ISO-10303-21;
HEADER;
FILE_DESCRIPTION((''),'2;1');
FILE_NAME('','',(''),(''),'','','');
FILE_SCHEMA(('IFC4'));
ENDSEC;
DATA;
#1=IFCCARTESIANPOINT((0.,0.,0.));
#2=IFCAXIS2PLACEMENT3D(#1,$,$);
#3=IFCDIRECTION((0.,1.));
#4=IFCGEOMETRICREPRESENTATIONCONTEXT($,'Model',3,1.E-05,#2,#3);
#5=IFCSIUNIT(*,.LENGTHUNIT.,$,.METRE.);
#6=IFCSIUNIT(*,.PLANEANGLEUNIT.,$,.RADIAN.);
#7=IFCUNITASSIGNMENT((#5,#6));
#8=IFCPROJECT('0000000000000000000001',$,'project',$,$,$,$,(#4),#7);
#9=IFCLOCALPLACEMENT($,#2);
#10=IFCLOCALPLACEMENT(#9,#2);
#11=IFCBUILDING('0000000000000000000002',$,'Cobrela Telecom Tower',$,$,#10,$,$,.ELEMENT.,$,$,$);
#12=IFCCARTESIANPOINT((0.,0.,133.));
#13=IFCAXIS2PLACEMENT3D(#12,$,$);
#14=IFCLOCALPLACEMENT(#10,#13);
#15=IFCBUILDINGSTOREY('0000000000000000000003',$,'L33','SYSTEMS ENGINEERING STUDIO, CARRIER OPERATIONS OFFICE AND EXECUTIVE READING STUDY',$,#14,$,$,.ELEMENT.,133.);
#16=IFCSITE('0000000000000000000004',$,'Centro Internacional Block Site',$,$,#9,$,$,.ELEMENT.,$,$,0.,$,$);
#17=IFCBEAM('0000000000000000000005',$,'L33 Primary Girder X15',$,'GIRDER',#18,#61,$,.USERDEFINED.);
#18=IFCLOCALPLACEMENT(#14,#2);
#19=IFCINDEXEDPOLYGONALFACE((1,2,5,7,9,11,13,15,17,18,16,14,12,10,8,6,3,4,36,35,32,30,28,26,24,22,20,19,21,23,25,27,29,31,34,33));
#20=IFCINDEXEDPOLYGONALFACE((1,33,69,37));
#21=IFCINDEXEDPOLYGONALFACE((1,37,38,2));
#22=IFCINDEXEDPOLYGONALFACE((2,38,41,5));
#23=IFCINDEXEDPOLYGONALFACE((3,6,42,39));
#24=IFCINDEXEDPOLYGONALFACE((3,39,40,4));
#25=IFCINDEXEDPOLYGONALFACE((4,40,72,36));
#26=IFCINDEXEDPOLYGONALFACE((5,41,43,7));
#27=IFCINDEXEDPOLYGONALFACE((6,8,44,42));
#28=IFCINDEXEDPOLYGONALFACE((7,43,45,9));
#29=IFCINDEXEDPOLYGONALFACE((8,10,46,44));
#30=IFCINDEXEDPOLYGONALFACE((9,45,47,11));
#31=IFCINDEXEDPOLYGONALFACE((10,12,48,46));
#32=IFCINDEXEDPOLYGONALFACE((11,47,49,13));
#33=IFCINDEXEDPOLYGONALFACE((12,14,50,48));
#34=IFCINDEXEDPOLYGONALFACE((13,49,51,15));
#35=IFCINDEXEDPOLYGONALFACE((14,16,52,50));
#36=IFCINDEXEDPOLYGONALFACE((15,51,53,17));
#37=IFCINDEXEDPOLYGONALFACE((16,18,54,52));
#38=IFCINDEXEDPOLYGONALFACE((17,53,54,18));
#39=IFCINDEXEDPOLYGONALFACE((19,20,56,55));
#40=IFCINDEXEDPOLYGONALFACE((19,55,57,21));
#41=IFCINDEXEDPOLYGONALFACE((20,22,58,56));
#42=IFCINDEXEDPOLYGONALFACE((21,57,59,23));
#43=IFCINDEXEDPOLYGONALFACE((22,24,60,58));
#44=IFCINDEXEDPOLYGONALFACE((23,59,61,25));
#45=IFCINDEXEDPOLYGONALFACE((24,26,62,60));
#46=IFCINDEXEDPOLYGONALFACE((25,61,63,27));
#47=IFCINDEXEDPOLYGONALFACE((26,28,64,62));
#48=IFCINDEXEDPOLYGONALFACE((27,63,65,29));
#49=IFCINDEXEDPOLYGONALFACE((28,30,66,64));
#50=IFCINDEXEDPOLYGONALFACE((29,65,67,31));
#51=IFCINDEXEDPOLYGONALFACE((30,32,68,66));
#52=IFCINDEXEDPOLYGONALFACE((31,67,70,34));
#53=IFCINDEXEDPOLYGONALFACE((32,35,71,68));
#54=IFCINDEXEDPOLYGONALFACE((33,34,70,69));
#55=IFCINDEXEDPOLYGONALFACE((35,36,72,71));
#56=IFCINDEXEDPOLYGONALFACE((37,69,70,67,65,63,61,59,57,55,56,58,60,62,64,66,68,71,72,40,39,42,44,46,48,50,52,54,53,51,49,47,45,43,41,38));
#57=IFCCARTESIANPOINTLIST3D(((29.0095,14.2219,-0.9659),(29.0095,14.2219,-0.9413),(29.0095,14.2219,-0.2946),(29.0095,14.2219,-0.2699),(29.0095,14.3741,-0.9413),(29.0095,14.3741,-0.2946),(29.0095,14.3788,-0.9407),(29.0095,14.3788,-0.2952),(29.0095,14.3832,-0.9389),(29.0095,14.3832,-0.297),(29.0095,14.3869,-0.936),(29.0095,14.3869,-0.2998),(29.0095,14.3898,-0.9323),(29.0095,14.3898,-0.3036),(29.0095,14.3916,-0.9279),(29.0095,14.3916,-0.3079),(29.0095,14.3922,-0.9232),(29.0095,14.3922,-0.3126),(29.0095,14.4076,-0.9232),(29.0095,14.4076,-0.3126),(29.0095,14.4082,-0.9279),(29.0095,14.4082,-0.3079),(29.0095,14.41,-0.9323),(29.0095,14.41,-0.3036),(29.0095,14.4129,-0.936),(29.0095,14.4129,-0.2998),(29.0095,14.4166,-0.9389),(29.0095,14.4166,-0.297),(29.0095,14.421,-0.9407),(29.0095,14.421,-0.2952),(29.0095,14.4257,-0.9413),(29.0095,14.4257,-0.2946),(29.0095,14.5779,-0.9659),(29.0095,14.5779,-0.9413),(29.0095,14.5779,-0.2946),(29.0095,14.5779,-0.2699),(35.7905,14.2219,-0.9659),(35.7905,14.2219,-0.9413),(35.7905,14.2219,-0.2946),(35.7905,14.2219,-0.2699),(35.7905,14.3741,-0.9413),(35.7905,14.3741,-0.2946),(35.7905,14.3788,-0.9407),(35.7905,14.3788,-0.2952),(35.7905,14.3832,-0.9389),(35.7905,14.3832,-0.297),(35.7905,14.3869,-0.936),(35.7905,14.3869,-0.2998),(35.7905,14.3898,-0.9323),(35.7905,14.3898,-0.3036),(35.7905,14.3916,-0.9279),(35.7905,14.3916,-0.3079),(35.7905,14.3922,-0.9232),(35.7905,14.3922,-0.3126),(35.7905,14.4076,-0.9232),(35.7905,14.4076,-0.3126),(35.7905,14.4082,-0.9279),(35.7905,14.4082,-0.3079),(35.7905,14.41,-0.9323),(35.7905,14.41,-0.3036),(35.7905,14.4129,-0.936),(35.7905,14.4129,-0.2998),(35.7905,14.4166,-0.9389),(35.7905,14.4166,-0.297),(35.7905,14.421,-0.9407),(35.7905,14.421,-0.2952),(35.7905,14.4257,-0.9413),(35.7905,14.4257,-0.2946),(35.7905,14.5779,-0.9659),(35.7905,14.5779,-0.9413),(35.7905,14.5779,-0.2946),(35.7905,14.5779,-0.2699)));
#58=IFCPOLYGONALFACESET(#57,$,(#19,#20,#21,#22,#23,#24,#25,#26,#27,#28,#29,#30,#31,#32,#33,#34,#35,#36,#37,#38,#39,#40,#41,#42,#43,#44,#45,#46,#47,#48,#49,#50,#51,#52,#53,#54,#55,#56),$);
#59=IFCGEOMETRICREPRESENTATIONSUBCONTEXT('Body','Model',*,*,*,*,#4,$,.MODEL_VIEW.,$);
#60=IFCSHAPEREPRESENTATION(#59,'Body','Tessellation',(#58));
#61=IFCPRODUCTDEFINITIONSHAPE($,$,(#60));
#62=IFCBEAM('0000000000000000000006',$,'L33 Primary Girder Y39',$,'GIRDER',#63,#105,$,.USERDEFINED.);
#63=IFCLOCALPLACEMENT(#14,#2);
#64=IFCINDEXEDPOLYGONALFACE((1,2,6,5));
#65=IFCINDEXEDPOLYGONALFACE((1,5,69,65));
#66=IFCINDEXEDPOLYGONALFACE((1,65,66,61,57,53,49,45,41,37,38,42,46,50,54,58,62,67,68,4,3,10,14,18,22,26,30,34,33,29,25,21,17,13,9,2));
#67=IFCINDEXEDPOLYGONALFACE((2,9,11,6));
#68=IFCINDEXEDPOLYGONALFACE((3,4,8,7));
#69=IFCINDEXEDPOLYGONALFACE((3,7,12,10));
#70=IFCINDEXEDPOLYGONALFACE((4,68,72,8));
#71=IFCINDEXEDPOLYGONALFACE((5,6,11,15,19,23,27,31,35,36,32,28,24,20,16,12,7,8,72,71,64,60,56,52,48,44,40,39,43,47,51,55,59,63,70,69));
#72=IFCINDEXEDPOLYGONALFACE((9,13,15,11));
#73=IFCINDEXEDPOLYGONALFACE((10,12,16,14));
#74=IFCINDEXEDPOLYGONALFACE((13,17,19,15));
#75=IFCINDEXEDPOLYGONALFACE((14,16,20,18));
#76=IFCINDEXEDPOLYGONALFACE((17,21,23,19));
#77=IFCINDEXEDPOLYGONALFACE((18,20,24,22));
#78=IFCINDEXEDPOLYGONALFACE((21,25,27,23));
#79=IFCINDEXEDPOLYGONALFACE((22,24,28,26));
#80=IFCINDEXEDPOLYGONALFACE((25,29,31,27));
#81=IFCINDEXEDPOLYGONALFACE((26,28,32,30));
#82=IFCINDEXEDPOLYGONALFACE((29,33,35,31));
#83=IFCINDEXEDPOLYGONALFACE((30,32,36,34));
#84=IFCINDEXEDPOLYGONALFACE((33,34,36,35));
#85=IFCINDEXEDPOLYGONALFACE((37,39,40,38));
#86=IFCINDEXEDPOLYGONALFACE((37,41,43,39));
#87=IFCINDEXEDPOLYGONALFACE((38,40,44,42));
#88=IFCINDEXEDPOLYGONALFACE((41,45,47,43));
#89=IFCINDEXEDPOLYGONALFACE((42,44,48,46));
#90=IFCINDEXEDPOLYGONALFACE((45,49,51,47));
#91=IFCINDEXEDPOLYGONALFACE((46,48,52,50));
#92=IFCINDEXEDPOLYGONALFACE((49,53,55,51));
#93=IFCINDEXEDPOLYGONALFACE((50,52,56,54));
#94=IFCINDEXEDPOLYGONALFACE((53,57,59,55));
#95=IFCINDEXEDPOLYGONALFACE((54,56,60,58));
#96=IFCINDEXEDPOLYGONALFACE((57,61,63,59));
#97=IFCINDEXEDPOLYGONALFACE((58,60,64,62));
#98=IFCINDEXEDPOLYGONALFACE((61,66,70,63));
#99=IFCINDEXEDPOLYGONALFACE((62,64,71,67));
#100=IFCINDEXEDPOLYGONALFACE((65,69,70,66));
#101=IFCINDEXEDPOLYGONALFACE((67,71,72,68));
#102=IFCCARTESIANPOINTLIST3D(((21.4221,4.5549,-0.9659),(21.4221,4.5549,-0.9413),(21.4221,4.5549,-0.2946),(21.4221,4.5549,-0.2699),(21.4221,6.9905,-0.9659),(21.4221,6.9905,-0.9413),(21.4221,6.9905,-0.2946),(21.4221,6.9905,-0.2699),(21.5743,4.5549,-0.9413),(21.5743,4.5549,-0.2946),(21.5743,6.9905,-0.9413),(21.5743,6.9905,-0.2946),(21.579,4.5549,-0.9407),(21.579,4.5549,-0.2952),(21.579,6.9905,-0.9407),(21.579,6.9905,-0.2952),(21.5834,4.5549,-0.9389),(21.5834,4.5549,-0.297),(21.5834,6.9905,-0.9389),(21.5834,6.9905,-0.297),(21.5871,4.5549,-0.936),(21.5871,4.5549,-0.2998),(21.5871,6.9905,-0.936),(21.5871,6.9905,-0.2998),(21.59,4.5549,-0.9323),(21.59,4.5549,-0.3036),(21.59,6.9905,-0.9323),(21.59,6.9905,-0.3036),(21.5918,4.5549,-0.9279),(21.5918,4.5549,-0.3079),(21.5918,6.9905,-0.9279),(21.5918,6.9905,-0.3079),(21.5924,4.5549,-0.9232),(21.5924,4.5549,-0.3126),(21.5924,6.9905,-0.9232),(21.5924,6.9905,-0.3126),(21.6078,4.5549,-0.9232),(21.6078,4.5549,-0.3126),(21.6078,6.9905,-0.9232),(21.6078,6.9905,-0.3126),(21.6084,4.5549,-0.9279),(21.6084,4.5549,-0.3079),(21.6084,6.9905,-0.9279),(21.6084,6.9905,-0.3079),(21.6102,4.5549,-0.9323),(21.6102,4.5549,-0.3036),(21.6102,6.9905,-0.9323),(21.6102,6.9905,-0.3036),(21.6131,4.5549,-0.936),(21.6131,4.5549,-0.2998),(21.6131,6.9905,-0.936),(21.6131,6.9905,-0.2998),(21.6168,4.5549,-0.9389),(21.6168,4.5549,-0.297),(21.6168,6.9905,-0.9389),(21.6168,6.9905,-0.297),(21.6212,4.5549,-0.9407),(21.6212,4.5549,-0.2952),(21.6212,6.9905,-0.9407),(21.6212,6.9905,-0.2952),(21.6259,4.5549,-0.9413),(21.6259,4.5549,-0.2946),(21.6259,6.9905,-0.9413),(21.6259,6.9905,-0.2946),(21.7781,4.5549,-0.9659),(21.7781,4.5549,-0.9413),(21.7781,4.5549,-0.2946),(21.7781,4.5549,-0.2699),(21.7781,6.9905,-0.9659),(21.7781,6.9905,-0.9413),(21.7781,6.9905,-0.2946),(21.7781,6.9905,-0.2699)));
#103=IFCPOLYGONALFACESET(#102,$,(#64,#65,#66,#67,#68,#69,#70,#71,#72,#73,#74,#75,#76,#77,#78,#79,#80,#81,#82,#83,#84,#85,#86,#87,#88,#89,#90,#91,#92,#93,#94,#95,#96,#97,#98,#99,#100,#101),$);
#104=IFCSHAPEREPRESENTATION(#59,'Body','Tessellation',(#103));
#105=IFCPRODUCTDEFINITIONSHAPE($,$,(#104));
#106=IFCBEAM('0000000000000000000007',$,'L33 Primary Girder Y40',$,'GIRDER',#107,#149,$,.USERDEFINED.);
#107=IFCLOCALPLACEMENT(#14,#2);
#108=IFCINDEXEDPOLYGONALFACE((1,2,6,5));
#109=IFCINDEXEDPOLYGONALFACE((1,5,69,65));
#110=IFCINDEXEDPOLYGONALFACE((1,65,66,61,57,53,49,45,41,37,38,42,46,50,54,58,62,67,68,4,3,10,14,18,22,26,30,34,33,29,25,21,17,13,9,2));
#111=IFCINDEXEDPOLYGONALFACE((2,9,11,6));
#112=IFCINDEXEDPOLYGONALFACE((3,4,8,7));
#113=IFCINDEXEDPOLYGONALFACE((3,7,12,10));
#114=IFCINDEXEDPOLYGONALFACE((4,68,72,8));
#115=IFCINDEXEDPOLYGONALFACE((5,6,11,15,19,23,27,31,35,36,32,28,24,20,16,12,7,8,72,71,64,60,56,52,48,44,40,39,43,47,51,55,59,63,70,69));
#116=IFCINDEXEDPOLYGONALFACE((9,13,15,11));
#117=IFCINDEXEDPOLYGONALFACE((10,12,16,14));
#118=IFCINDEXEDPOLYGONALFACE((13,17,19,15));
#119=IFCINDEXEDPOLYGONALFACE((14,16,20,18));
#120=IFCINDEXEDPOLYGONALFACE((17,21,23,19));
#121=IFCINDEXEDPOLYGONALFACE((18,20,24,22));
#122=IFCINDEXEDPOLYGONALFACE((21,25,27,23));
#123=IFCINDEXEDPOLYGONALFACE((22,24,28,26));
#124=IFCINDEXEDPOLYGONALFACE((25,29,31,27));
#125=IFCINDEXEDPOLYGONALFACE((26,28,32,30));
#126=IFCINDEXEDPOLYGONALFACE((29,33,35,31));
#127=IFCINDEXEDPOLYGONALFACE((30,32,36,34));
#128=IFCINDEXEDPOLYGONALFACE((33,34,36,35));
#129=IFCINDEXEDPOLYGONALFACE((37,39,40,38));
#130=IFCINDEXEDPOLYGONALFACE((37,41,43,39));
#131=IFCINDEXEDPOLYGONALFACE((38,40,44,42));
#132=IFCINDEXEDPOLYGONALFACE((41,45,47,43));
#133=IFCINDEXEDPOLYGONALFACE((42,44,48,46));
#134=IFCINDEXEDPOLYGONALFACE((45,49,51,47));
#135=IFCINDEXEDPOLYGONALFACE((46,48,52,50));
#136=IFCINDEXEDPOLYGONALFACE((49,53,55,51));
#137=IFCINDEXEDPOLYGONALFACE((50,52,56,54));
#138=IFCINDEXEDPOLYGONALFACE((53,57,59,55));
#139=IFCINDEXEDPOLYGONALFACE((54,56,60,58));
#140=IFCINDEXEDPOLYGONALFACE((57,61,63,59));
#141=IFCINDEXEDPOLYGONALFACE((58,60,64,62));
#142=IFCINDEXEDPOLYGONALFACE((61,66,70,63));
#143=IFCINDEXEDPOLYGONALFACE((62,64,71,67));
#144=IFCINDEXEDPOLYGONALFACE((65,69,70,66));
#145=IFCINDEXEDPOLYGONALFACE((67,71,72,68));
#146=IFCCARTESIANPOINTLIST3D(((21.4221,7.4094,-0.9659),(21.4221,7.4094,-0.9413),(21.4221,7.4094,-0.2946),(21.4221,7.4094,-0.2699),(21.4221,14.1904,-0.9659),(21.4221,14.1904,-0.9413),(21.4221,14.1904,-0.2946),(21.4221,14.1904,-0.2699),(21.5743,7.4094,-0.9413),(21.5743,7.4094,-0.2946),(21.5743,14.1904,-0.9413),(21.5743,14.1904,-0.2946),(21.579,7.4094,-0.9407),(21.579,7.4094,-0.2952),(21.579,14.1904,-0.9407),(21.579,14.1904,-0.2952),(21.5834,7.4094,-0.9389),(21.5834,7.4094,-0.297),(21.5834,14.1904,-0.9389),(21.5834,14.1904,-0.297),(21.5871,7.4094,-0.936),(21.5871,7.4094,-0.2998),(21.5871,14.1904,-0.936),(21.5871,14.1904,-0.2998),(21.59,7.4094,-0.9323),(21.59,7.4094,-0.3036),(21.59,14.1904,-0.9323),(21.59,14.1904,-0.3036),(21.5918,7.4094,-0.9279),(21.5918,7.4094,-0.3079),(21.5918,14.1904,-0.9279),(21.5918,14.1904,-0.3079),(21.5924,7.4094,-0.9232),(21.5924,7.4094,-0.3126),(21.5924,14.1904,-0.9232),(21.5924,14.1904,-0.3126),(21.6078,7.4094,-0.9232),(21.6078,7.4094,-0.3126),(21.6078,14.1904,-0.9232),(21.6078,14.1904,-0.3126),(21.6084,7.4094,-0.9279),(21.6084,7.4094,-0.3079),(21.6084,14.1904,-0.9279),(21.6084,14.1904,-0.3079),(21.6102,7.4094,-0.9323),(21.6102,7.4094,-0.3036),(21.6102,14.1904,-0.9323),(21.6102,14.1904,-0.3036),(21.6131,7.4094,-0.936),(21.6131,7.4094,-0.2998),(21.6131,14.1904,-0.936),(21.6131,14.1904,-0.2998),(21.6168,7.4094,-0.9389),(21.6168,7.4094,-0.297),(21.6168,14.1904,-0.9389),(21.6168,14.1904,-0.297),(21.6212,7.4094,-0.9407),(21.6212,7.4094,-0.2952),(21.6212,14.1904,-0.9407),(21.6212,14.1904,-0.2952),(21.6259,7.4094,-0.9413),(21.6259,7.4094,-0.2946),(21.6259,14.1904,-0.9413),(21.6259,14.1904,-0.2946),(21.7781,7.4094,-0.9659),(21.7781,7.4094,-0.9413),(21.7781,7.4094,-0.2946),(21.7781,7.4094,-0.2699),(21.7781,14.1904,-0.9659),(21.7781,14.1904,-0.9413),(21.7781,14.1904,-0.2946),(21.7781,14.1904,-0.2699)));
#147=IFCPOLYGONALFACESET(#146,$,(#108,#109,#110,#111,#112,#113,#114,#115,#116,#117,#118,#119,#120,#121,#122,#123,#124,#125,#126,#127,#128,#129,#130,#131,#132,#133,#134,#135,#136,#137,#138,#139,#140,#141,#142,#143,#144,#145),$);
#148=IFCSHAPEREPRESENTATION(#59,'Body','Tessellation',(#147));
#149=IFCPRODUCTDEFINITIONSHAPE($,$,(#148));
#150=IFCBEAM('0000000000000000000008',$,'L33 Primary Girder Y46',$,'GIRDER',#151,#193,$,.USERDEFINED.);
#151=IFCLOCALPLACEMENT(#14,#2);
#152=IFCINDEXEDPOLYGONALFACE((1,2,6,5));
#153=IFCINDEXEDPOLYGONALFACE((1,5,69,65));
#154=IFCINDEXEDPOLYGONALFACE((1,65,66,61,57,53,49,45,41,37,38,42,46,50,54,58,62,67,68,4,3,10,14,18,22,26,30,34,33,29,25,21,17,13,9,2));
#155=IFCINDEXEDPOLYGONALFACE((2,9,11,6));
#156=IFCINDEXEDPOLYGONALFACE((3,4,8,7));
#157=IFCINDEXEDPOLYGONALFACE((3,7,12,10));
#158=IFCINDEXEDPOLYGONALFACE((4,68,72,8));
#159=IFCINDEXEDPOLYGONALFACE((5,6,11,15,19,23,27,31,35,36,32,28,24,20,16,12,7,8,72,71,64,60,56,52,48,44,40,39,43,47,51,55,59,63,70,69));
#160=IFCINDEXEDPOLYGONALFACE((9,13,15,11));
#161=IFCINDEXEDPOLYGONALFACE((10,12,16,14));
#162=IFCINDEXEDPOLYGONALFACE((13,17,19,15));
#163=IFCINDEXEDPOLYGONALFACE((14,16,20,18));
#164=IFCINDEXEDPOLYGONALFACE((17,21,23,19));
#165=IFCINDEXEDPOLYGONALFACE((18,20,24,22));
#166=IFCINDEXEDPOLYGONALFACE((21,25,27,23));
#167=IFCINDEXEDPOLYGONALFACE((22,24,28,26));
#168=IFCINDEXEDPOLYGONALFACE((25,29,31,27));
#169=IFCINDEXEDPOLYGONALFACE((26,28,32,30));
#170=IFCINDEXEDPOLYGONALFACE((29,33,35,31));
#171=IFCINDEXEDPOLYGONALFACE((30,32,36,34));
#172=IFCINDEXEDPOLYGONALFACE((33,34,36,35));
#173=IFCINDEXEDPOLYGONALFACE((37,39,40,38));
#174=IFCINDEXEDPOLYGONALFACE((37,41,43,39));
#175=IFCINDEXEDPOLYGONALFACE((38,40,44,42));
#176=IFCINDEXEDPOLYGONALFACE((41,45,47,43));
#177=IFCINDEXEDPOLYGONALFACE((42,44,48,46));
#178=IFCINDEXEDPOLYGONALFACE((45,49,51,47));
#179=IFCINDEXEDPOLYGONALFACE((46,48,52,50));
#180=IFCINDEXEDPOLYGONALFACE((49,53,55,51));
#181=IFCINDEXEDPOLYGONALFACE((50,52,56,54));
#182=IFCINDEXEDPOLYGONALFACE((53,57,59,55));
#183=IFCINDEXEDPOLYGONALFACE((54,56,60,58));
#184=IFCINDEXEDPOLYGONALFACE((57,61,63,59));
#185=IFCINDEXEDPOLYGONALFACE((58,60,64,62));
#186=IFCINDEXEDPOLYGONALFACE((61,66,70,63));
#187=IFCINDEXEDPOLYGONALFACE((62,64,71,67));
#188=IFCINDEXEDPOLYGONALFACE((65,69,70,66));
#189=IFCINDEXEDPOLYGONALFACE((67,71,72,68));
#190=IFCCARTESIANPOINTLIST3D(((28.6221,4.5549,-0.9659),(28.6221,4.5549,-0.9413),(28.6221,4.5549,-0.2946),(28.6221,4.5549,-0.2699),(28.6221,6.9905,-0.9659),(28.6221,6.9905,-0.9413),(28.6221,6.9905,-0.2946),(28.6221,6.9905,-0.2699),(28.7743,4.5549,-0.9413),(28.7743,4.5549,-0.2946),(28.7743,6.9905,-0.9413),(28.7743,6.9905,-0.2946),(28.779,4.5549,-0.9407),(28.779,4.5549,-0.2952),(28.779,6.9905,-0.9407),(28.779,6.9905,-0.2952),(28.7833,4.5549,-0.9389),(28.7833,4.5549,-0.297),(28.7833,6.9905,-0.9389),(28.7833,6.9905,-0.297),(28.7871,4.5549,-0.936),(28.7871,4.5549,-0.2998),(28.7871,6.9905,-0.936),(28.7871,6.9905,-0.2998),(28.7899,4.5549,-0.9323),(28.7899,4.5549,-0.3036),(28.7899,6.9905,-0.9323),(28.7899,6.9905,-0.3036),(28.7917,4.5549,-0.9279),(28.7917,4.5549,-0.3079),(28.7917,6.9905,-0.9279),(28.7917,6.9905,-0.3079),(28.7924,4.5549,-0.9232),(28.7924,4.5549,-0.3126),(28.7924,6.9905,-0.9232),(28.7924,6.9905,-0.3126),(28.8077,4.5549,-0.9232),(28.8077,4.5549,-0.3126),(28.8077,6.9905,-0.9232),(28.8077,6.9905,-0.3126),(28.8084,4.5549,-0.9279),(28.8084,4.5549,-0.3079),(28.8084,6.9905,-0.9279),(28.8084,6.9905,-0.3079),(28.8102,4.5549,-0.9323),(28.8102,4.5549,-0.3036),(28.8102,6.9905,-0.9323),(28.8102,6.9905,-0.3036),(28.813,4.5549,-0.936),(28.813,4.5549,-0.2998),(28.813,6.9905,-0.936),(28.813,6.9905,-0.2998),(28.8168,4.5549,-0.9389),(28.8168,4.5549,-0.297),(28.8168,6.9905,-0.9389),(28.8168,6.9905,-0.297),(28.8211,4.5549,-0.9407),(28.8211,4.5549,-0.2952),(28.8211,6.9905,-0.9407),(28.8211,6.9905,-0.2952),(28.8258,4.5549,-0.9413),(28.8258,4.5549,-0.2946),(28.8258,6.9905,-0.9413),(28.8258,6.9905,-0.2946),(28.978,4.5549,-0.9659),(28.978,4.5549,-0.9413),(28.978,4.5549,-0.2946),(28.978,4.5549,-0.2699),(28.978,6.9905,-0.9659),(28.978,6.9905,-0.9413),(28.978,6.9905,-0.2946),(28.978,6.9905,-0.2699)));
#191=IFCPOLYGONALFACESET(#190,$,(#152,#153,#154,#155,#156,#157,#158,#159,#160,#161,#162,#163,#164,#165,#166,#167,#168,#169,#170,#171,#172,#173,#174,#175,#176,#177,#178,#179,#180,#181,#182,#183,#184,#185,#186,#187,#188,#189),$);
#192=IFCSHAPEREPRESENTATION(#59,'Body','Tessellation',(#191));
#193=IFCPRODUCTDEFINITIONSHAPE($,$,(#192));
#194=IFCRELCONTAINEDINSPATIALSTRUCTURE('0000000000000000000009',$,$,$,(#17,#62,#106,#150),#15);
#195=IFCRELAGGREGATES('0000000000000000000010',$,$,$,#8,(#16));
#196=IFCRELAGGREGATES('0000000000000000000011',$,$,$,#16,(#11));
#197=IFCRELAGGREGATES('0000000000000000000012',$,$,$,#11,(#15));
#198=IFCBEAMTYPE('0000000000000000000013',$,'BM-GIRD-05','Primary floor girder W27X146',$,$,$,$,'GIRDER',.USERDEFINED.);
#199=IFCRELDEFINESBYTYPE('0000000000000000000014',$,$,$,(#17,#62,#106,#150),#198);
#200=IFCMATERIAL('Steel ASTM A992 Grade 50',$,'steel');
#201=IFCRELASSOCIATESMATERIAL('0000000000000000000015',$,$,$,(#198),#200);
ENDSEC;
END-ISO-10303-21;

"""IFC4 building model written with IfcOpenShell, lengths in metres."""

from ifc_helpers import new_model, si_unit, direction, frame, origin, origin_2d, place, context, subcontext, project, spatial, i_section, extrude, material, material_profile, profile_set, type_object, element, save


model = new_model("IFC4")

# Units and contexts
model_context = context("Model", 3, precision=1e-05, world=origin(), true_north=direction((0.0, 1.0)))
body_context = subcontext(model_context, "Body", "Model", "MODEL_VIEW")
ifc_project = project(units=[si_unit("LENGTHUNIT", "METRE"), si_unit("PLANEANGLEUNIT", "RADIAN")], contexts=[model_context])

# Site, building, storey
site_placement = place(None, origin())
site = spatial("IfcSite", under=ifc_project, at=site_placement, Name="Centro Internacional Block Site", CompositionType="ELEMENT", RefElevation=0.0)
building_placement = place(site_placement, origin())
building = spatial("IfcBuilding", under=site, at=building_placement, Name="Cobrela Telecom Tower", CompositionType="ELEMENT")
storey_placement = place(building_placement, frame((0.0, 0.0, 133.0)))
storey = spatial("IfcBuildingStorey", under=building, at=storey_placement, Name="L33", Description="SYSTEMS ENGINEERING STUDIO, CARRIER OPERATIONS OFFICE AND EXECUTIVE READING STUDY", CompositionType="ELEMENT", Elevation=133.0)

# Shared definitions
ifc_material_1 = material(Name="Steel ASTM A992 Grade 50", Category="steel")

# Beams
ifc_material_profile_1 = material_profile(ifc_material_1, i_section(OverallWidth=0.356, OverallDepth=0.696, WebThickness=0.0154, FlangeThickness=0.0247, FilletRadius=0.0181, at=origin_2d()), Name="W27X146")
ifc_profile_set_1 = profile_set([ifc_material_profile_1], Name="Steel ASTM A992 Grade 50")
beam_type_1 = type_object("IfcBeamType", Name="BM-GIRD-05", Description="Primary floor girder W27X146", ElementType="GIRDER", PredefinedType="USERDEFINED", material=ifc_profile_set_1)
for number, where, z_axis, x_axis, name in (
    (1, (29.0095, 14.3999, -0.6179), (1.0, 0.0, 0.0), (0.0, 1.0, 0.0), "L33 Primary Girder X15"),
):
    element("IfcBeam", number, at=place(storey_placement, frame(where, z_axis=z_axis, x_axis=x_axis)), inside=storey, type_object=beam_type_1, Name=name, ObjectType="GIRDER", PredefinedType="USERDEFINED", context=body_context, shape_type="SweptSolid", body=[
        extrude(i_section(OverallWidth=0.356, OverallDepth=0.696, WebThickness=0.0154, FlangeThickness=0.0247, FilletRadius=0.0181, at=origin_2d()), origin(), (0.0, 0.0, 1.0), 6.781),
    ])
beam_1_placement = place(storey_placement, frame((21.6001, 4.5549, -0.6179), z_axis=(0.0, 1.0, 0.0), x_axis=(-1.0, 0.0, 0.0)))
element("IfcBeam", 2, at=beam_1_placement, inside=storey, type_object=beam_type_1, Name="L33 Primary Girder Y39", ObjectType="GIRDER", PredefinedType="USERDEFINED", context=body_context, shape_type="SweptSolid", body=[
    extrude(i_section(OverallWidth=0.356, OverallDepth=0.696, WebThickness=0.0154, FlangeThickness=0.0247, FilletRadius=0.0181, at=origin_2d()), origin(), (0.0, 0.0, 1.0), 2.4355),
])
beam_2_placement = place(storey_placement, frame((21.6001, 7.4094, -0.6179), z_axis=(0.0, 1.0, 0.0), x_axis=(-1.0, 0.0, 0.0)))
element("IfcBeam", 3, at=beam_2_placement, inside=storey, type_object=beam_type_1, Name="L33 Primary Girder Y40", ObjectType="GIRDER", PredefinedType="USERDEFINED", context=body_context, shape_type="SweptSolid", body=[
    extrude(i_section(OverallWidth=0.356, OverallDepth=0.696, WebThickness=0.0154, FlangeThickness=0.0247, FilletRadius=0.0181, at=origin_2d()), origin(), (0.0, 0.0, 1.0), 6.781),
])
beam_3_placement = place(storey_placement, frame((28.8, 4.5549, -0.6179), z_axis=(0.0, 1.0, 0.0), x_axis=(-1.0, 0.0, 0.0)))
element("IfcBeam", 4, at=beam_3_placement, inside=storey, type_object=beam_type_1, Name="L33 Primary Girder Y46", ObjectType="GIRDER", PredefinedType="USERDEFINED", context=body_context, shape_type="SweptSolid", body=[
    extrude(i_section(OverallWidth=0.356, OverallDepth=0.696, WebThickness=0.0154, FlangeThickness=0.0247, FilletRadius=0.0181, at=origin_2d()), origin(), (0.0, 0.0, 1.0), 2.4355),
])

save(model, "model.ifc")
